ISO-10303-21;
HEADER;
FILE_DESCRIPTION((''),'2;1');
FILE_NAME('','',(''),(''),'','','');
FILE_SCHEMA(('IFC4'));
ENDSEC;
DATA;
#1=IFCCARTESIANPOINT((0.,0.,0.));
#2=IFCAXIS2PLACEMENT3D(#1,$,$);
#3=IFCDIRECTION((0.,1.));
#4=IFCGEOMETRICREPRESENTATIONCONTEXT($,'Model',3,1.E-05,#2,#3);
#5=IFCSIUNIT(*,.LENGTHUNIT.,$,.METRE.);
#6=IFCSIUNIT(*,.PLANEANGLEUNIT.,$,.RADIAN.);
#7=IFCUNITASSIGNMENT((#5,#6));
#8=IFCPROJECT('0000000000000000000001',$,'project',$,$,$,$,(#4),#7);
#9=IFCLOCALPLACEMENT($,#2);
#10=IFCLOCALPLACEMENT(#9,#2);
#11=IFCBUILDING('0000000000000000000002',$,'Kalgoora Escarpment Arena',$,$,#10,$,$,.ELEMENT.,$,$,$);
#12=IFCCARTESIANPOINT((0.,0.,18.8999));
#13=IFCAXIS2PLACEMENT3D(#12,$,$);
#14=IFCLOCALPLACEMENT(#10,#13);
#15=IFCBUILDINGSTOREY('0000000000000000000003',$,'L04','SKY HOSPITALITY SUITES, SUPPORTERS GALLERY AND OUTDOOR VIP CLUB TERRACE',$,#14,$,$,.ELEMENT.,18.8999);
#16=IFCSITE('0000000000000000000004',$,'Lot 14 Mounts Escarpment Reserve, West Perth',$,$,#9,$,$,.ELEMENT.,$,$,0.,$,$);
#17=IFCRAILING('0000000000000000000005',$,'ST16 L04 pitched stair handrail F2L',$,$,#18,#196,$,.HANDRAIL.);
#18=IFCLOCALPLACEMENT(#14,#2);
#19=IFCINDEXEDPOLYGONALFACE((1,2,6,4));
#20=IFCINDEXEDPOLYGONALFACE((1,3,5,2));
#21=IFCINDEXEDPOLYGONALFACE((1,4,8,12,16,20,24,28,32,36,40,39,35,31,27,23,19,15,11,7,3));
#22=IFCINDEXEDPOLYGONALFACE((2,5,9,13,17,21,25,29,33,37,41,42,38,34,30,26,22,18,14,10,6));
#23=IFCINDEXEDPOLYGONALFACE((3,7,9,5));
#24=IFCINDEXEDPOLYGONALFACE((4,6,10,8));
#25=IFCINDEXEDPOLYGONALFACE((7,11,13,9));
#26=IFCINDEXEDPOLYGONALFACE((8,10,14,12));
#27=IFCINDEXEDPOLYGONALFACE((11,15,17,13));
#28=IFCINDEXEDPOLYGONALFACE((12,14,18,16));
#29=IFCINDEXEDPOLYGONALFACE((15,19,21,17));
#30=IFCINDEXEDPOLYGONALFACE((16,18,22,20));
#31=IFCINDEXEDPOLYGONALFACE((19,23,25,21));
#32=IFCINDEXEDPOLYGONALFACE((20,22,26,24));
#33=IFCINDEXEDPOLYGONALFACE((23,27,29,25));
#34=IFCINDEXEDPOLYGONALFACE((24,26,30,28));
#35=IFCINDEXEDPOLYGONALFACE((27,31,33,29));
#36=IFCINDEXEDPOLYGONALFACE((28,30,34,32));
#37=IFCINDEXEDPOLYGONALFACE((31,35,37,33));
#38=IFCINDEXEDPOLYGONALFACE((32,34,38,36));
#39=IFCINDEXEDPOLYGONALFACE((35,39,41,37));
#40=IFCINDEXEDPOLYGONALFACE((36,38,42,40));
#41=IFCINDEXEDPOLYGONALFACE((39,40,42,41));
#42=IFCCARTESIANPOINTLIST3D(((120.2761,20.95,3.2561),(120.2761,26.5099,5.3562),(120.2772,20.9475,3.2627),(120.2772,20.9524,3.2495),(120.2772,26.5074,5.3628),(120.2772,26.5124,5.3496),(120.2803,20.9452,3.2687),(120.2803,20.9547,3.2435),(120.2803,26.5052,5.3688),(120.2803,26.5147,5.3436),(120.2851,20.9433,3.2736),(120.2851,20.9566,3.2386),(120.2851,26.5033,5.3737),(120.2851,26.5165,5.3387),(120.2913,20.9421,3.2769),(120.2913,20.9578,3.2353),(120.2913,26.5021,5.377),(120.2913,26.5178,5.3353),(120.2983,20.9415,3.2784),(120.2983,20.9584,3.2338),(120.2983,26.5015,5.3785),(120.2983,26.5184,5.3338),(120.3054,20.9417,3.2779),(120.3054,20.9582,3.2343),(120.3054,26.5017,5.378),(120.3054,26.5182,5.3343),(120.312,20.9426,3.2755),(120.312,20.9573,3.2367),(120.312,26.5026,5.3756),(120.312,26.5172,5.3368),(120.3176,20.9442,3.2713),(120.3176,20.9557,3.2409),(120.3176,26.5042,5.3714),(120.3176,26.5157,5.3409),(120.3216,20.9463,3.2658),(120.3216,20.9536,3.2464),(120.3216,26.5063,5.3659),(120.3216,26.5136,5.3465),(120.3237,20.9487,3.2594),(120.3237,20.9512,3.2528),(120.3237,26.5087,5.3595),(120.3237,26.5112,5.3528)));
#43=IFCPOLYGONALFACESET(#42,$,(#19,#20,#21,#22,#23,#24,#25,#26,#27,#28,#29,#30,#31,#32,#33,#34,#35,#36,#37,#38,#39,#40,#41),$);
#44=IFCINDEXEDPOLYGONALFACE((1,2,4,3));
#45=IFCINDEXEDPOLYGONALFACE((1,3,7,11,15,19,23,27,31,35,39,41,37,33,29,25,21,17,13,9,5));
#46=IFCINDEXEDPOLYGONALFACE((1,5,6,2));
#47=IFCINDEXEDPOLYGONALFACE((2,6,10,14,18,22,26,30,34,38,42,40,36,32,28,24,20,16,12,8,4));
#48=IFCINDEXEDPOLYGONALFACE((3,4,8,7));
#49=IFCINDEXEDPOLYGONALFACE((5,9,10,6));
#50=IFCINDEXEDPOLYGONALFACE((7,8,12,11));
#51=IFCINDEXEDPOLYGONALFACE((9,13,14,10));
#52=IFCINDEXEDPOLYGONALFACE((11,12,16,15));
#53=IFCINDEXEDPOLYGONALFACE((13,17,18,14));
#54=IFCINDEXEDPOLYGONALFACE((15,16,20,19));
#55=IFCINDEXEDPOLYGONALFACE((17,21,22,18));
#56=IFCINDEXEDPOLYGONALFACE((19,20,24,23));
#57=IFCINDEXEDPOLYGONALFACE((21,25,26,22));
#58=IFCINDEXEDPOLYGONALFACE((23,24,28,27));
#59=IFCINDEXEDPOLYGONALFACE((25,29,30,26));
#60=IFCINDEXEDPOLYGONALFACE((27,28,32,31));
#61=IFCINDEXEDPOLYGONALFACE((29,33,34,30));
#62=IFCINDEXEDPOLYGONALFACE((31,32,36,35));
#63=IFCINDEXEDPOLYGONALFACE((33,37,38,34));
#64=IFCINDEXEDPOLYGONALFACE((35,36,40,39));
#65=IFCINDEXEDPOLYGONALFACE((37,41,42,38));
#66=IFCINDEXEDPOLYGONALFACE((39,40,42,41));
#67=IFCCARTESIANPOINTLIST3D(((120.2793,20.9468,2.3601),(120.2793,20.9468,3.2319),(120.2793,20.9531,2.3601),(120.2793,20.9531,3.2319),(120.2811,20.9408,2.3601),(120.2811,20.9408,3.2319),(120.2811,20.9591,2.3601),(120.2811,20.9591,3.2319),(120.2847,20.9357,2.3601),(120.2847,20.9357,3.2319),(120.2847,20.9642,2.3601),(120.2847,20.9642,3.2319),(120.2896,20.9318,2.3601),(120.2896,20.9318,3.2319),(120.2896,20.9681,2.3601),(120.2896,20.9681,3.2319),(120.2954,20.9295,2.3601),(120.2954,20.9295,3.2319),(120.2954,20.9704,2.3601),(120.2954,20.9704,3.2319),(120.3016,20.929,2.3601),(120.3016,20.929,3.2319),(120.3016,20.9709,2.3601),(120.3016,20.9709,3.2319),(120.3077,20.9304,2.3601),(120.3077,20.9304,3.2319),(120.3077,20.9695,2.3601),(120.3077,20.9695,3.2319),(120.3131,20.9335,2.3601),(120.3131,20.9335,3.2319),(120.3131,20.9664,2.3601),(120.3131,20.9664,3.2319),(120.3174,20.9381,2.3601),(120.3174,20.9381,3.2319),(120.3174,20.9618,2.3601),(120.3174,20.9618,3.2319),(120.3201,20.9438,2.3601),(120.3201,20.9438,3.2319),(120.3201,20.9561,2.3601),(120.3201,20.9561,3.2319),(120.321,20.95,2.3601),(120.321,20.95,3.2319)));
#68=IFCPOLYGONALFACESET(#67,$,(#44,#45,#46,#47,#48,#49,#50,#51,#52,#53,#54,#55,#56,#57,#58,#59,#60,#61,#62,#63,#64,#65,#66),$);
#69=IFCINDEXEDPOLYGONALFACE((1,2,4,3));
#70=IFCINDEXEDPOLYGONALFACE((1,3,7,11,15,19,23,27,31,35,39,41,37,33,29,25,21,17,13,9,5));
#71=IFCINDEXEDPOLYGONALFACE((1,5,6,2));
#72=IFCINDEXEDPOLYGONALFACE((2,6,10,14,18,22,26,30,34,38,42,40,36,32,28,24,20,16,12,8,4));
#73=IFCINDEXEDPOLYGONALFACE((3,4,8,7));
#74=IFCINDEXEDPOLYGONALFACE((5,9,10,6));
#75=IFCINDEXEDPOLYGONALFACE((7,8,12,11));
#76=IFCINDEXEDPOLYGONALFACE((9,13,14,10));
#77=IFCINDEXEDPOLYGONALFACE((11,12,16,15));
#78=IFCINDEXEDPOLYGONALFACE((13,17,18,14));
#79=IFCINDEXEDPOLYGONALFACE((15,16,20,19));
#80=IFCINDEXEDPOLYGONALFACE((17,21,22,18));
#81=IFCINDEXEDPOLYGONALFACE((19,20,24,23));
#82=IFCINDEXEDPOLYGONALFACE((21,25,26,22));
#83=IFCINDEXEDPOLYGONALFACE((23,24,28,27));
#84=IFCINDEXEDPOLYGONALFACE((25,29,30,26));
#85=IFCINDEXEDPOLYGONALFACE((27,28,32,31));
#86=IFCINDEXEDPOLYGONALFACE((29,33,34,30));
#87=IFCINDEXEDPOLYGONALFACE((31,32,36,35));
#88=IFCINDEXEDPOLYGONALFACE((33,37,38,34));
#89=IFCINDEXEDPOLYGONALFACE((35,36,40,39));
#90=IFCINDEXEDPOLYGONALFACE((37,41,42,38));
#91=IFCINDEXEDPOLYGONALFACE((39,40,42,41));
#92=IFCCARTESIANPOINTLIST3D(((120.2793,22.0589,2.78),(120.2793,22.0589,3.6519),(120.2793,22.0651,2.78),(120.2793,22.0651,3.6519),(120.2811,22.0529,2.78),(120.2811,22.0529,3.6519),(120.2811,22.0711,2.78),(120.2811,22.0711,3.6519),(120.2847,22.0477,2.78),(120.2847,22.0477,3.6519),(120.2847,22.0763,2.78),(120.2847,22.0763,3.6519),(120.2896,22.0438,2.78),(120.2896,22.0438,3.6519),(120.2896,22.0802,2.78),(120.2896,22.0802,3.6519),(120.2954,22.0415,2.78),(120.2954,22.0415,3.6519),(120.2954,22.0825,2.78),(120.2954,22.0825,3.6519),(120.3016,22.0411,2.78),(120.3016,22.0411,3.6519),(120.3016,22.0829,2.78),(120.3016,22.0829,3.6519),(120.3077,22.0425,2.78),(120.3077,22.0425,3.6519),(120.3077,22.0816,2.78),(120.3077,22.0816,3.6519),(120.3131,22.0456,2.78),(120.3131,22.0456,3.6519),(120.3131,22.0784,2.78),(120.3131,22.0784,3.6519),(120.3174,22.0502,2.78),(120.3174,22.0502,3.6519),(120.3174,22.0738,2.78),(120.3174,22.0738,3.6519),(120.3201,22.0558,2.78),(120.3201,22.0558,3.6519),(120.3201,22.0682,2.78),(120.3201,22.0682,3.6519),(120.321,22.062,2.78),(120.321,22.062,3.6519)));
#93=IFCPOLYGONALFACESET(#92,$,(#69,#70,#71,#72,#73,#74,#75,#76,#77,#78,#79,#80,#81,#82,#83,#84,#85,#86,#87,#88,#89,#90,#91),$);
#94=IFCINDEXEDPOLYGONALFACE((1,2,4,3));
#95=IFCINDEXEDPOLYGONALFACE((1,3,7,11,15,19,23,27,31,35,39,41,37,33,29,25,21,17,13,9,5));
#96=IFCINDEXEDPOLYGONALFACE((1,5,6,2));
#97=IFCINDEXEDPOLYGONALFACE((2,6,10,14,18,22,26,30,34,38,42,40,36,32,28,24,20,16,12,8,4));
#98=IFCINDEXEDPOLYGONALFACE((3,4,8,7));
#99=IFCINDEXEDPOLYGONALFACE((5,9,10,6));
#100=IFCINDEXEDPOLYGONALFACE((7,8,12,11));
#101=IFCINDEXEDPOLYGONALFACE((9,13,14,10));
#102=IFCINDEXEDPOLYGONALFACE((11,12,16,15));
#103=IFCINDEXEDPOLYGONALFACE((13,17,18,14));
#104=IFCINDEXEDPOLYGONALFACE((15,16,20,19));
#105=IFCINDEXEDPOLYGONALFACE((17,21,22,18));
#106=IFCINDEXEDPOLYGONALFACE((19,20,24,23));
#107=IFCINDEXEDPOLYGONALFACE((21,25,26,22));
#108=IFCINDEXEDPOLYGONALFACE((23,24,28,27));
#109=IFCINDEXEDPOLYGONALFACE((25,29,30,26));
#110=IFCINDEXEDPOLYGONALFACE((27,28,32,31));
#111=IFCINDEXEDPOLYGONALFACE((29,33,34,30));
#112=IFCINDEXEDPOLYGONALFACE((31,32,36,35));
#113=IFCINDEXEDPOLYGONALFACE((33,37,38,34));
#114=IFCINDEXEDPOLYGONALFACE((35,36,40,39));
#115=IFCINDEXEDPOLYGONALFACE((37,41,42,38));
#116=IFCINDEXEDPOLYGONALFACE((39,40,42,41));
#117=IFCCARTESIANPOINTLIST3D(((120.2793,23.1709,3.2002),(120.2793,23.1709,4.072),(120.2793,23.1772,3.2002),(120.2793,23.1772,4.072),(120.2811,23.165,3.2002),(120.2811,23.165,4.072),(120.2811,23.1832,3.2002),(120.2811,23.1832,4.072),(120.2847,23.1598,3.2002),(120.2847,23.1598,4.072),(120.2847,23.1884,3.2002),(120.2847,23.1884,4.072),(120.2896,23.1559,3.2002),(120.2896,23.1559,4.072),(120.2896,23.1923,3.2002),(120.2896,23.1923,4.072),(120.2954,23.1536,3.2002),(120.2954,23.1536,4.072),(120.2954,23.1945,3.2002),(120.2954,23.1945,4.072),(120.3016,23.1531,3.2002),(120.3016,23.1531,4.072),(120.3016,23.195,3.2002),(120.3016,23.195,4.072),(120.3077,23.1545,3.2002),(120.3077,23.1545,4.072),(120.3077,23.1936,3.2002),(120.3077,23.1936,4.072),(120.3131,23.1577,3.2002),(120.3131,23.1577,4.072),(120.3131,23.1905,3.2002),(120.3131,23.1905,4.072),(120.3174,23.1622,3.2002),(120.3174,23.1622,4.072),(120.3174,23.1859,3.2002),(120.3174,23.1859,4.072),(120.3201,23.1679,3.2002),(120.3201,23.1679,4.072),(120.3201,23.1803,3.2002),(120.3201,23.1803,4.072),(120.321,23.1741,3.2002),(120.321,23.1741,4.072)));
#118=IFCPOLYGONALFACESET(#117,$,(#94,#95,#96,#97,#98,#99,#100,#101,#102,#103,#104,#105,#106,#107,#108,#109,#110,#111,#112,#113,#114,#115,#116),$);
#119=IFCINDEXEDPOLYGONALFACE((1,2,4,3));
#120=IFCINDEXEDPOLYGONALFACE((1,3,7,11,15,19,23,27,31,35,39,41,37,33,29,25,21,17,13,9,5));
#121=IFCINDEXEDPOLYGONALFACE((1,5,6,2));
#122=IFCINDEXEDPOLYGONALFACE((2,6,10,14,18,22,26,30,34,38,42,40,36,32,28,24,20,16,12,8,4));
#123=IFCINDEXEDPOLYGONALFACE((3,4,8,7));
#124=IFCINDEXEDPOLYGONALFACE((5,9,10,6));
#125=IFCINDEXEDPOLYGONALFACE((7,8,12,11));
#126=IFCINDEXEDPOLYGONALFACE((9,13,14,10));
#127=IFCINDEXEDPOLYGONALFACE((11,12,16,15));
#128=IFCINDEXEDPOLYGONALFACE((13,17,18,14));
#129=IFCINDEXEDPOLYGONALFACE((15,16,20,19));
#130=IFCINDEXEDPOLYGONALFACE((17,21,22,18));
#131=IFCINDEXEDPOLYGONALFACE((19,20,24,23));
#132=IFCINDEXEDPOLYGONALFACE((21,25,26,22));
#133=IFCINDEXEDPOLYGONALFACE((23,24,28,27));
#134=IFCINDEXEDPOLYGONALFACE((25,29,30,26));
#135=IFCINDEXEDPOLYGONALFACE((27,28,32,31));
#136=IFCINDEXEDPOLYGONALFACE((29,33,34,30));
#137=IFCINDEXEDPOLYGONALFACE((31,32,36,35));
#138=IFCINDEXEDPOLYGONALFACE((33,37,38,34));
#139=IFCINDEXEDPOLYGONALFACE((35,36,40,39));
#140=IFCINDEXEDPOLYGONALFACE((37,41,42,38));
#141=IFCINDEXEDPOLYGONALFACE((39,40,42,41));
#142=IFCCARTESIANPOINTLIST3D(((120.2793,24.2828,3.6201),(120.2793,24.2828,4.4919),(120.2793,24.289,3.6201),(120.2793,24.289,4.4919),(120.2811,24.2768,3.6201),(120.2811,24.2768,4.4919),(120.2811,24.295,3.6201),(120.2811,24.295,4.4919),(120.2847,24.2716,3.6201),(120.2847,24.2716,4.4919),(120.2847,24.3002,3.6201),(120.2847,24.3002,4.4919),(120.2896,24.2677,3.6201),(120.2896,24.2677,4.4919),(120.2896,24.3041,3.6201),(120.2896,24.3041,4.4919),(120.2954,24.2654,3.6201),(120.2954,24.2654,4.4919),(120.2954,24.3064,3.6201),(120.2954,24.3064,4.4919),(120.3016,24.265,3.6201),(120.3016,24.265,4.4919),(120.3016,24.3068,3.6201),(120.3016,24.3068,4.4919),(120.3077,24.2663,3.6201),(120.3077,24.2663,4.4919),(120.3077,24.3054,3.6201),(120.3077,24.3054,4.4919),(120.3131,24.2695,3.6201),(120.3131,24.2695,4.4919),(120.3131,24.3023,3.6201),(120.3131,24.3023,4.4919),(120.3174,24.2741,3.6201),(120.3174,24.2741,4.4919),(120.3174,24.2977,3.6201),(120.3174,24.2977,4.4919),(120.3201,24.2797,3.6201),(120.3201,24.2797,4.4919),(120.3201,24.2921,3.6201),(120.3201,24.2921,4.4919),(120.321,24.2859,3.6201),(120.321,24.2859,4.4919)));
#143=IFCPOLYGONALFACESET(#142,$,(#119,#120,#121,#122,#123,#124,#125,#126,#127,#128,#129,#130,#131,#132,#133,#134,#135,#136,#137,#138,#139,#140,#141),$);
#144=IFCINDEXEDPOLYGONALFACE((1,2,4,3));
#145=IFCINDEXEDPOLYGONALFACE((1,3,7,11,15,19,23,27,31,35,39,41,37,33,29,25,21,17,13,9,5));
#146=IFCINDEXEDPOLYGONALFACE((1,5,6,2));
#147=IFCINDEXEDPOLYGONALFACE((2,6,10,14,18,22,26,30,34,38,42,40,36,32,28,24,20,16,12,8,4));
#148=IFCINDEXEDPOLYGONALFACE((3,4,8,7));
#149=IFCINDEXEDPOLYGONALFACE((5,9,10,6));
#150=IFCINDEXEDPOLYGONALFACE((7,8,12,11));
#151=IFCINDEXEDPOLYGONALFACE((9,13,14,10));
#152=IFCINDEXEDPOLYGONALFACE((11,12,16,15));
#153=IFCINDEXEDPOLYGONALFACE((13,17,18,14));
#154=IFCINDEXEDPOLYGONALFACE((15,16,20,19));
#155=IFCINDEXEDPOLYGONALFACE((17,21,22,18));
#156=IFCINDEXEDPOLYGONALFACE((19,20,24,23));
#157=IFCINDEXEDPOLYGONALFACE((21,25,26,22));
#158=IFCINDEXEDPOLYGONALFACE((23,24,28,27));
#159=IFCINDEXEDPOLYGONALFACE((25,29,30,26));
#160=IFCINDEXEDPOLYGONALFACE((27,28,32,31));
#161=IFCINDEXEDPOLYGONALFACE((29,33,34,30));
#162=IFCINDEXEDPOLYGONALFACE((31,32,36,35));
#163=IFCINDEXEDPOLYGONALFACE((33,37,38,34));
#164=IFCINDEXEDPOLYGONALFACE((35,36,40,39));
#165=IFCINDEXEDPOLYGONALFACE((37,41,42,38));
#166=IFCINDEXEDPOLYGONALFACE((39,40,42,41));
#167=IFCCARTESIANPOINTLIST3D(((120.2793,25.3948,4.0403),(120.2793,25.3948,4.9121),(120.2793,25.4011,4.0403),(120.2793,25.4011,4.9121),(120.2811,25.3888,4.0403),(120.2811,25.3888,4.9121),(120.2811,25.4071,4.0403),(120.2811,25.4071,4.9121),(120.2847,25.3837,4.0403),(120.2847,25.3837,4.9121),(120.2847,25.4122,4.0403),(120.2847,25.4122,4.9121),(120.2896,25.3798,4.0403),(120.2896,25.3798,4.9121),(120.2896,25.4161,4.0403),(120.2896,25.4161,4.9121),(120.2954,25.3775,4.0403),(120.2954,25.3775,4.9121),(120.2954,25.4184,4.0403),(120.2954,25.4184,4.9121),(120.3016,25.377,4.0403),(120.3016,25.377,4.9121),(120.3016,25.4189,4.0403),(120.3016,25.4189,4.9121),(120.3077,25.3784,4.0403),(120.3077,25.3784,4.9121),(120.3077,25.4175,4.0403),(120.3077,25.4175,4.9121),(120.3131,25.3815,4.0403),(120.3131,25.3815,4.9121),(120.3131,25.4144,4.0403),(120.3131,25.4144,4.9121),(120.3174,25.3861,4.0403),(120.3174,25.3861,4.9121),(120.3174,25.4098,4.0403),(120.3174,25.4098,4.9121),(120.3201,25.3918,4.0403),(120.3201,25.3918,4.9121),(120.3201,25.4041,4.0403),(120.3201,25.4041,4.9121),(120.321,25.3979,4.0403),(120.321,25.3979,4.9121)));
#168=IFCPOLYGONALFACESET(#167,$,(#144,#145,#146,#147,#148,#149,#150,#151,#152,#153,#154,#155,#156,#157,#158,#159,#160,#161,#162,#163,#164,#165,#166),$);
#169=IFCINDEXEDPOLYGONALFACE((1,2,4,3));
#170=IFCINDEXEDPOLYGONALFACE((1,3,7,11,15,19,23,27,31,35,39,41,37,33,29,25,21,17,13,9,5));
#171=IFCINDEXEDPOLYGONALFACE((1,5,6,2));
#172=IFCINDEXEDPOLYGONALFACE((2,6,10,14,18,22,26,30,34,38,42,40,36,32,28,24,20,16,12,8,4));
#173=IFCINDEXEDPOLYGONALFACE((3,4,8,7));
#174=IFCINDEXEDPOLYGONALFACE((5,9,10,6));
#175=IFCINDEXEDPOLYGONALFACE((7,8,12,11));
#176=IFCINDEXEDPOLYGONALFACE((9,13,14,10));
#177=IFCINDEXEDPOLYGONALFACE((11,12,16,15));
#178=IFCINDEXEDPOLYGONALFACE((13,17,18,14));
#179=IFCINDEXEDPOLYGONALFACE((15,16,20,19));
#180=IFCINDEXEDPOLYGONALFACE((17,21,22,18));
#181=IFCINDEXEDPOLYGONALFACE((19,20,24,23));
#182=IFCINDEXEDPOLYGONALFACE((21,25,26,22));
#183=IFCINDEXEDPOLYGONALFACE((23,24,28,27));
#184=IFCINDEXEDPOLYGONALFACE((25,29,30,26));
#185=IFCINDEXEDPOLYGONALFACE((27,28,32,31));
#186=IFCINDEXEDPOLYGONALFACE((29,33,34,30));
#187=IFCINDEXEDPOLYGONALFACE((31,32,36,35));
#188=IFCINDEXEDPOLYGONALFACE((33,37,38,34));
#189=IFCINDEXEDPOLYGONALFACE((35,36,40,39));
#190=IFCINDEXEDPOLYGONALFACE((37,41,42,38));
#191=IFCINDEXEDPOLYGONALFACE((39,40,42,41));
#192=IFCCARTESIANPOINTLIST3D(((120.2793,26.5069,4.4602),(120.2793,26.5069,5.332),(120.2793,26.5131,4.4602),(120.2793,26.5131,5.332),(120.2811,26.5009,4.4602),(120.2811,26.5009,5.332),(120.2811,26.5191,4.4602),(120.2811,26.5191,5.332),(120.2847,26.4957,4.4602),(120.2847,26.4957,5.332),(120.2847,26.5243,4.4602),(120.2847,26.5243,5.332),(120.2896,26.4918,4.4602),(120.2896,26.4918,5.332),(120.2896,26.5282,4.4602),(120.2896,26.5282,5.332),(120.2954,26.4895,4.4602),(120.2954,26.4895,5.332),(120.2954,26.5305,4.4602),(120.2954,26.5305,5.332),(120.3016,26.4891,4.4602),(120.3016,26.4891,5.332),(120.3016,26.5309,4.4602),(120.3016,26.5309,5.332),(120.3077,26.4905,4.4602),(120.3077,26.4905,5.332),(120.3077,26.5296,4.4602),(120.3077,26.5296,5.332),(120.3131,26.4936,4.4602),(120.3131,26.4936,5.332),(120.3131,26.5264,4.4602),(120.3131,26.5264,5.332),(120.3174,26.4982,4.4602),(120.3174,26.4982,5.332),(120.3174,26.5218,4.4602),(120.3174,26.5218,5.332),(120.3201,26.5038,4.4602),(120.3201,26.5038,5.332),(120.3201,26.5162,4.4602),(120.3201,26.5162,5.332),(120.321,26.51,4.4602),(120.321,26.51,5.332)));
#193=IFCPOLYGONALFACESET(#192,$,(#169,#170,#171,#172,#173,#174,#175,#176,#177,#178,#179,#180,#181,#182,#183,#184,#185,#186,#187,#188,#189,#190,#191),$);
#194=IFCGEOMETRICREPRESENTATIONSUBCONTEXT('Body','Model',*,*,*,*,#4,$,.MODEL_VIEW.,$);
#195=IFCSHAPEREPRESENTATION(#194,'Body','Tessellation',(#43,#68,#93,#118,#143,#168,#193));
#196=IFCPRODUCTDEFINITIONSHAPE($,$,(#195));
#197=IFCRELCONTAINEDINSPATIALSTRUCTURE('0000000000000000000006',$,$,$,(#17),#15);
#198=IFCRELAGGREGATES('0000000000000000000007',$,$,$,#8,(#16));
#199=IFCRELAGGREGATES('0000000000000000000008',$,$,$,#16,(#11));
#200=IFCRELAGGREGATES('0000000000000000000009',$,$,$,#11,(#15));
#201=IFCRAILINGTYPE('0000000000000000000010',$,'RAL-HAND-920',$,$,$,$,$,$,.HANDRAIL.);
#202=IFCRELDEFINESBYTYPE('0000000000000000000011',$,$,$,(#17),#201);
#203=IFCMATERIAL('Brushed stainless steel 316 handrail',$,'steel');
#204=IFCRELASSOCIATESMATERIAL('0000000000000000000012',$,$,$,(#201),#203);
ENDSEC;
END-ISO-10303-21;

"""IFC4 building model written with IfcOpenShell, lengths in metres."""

from ifc_helpers import new_model, si_unit, direction, frame, origin, origin_2d, place, context, subcontext, project, spatial, circle, extrude, material, type_object, element, save


model = new_model("IFC4")

# Units and contexts
model_context = context("Model", 3, precision=1e-05, world=origin(), true_north=direction((0.0, 1.0)))
body_context = subcontext(model_context, "Body", "Model", "MODEL_VIEW")
ifc_project = project(units=[si_unit("LENGTHUNIT", "METRE"), si_unit("PLANEANGLEUNIT", "RADIAN")], contexts=[model_context])

# Site, building, storey
site_placement = place(None, origin())
site = spatial("IfcSite", under=ifc_project, at=site_placement, Name="Lot 14 Mounts Escarpment Reserve, West Perth", CompositionType="ELEMENT", RefElevation=0.0)
building_placement = place(site_placement, origin())
building = spatial("IfcBuilding", under=site, at=building_placement, Name="Kalgoora Escarpment Arena", CompositionType="ELEMENT")
storey_placement = place(building_placement, frame((0.0, 0.0, 18.8999)))
storey = spatial("IfcBuildingStorey", under=building, at=storey_placement, Name="L04", Description="SKY HOSPITALITY SUITES, SUPPORTERS GALLERY AND OUTDOOR VIP CLUB TERRACE", CompositionType="ELEMENT", Elevation=18.8999)

# Railing
ifc_material_1 = material(Name="Brushed stainless steel 316 handrail", Category="steel")
railing_type_1 = type_object("IfcRailingType", Name="RAL-HAND-920", PredefinedType="HANDRAIL", material=ifc_material_1)
for number, where, name in (
    (1, (120.3, 20.95, 2.3601), "ST16 L04 pitched stair handrail F2L"),
):
    element("IfcRailing", number, at=place(storey_placement, frame(where)), inside=storey, type_object=railing_type_1, Name=name, PredefinedType="HANDRAIL", context=body_context, shape_type="SweptSolid", body=[
        extrude(circle(Radius=0.0239, at=origin_2d()), frame((0.0, 0.0, 0.896), z_axis=(0.0, 0.935493, 0.353346), x_axis=(-1.0, 0.0, 0.0)), (0.0, 0.0, 1.0), 5.9434),
        extrude(circle(Radius=0.021, at=origin_2d()), origin(), (0.0, 0.0, 1.0), 0.8718),
        extrude(circle(Radius=0.021, at=origin_2d()), frame((0.0, 1.1121, 0.4199)), (0.0, 0.0, 1.0), 0.8718),
        extrude(circle(Radius=0.021, at=origin_2d()), frame((0.0, 2.2241, 0.8401)), (0.0, 0.0, 1.0), 0.8718),
        extrude(circle(Radius=0.021, at=origin_2d()), frame((0.0, 3.3359, 1.26)), (0.0, 0.0, 1.0), 0.8718),
        extrude(circle(Radius=0.021, at=origin_2d()), frame((0.0, 4.448, 1.6802)), (0.0, 0.0, 1.0), 0.8718),
        extrude(circle(Radius=0.021, at=origin_2d()), frame((0.0, 5.5601, 2.1001)), (0.0, 0.0, 1.0), 0.8718),
    ])

save(model, "model.ifc")
